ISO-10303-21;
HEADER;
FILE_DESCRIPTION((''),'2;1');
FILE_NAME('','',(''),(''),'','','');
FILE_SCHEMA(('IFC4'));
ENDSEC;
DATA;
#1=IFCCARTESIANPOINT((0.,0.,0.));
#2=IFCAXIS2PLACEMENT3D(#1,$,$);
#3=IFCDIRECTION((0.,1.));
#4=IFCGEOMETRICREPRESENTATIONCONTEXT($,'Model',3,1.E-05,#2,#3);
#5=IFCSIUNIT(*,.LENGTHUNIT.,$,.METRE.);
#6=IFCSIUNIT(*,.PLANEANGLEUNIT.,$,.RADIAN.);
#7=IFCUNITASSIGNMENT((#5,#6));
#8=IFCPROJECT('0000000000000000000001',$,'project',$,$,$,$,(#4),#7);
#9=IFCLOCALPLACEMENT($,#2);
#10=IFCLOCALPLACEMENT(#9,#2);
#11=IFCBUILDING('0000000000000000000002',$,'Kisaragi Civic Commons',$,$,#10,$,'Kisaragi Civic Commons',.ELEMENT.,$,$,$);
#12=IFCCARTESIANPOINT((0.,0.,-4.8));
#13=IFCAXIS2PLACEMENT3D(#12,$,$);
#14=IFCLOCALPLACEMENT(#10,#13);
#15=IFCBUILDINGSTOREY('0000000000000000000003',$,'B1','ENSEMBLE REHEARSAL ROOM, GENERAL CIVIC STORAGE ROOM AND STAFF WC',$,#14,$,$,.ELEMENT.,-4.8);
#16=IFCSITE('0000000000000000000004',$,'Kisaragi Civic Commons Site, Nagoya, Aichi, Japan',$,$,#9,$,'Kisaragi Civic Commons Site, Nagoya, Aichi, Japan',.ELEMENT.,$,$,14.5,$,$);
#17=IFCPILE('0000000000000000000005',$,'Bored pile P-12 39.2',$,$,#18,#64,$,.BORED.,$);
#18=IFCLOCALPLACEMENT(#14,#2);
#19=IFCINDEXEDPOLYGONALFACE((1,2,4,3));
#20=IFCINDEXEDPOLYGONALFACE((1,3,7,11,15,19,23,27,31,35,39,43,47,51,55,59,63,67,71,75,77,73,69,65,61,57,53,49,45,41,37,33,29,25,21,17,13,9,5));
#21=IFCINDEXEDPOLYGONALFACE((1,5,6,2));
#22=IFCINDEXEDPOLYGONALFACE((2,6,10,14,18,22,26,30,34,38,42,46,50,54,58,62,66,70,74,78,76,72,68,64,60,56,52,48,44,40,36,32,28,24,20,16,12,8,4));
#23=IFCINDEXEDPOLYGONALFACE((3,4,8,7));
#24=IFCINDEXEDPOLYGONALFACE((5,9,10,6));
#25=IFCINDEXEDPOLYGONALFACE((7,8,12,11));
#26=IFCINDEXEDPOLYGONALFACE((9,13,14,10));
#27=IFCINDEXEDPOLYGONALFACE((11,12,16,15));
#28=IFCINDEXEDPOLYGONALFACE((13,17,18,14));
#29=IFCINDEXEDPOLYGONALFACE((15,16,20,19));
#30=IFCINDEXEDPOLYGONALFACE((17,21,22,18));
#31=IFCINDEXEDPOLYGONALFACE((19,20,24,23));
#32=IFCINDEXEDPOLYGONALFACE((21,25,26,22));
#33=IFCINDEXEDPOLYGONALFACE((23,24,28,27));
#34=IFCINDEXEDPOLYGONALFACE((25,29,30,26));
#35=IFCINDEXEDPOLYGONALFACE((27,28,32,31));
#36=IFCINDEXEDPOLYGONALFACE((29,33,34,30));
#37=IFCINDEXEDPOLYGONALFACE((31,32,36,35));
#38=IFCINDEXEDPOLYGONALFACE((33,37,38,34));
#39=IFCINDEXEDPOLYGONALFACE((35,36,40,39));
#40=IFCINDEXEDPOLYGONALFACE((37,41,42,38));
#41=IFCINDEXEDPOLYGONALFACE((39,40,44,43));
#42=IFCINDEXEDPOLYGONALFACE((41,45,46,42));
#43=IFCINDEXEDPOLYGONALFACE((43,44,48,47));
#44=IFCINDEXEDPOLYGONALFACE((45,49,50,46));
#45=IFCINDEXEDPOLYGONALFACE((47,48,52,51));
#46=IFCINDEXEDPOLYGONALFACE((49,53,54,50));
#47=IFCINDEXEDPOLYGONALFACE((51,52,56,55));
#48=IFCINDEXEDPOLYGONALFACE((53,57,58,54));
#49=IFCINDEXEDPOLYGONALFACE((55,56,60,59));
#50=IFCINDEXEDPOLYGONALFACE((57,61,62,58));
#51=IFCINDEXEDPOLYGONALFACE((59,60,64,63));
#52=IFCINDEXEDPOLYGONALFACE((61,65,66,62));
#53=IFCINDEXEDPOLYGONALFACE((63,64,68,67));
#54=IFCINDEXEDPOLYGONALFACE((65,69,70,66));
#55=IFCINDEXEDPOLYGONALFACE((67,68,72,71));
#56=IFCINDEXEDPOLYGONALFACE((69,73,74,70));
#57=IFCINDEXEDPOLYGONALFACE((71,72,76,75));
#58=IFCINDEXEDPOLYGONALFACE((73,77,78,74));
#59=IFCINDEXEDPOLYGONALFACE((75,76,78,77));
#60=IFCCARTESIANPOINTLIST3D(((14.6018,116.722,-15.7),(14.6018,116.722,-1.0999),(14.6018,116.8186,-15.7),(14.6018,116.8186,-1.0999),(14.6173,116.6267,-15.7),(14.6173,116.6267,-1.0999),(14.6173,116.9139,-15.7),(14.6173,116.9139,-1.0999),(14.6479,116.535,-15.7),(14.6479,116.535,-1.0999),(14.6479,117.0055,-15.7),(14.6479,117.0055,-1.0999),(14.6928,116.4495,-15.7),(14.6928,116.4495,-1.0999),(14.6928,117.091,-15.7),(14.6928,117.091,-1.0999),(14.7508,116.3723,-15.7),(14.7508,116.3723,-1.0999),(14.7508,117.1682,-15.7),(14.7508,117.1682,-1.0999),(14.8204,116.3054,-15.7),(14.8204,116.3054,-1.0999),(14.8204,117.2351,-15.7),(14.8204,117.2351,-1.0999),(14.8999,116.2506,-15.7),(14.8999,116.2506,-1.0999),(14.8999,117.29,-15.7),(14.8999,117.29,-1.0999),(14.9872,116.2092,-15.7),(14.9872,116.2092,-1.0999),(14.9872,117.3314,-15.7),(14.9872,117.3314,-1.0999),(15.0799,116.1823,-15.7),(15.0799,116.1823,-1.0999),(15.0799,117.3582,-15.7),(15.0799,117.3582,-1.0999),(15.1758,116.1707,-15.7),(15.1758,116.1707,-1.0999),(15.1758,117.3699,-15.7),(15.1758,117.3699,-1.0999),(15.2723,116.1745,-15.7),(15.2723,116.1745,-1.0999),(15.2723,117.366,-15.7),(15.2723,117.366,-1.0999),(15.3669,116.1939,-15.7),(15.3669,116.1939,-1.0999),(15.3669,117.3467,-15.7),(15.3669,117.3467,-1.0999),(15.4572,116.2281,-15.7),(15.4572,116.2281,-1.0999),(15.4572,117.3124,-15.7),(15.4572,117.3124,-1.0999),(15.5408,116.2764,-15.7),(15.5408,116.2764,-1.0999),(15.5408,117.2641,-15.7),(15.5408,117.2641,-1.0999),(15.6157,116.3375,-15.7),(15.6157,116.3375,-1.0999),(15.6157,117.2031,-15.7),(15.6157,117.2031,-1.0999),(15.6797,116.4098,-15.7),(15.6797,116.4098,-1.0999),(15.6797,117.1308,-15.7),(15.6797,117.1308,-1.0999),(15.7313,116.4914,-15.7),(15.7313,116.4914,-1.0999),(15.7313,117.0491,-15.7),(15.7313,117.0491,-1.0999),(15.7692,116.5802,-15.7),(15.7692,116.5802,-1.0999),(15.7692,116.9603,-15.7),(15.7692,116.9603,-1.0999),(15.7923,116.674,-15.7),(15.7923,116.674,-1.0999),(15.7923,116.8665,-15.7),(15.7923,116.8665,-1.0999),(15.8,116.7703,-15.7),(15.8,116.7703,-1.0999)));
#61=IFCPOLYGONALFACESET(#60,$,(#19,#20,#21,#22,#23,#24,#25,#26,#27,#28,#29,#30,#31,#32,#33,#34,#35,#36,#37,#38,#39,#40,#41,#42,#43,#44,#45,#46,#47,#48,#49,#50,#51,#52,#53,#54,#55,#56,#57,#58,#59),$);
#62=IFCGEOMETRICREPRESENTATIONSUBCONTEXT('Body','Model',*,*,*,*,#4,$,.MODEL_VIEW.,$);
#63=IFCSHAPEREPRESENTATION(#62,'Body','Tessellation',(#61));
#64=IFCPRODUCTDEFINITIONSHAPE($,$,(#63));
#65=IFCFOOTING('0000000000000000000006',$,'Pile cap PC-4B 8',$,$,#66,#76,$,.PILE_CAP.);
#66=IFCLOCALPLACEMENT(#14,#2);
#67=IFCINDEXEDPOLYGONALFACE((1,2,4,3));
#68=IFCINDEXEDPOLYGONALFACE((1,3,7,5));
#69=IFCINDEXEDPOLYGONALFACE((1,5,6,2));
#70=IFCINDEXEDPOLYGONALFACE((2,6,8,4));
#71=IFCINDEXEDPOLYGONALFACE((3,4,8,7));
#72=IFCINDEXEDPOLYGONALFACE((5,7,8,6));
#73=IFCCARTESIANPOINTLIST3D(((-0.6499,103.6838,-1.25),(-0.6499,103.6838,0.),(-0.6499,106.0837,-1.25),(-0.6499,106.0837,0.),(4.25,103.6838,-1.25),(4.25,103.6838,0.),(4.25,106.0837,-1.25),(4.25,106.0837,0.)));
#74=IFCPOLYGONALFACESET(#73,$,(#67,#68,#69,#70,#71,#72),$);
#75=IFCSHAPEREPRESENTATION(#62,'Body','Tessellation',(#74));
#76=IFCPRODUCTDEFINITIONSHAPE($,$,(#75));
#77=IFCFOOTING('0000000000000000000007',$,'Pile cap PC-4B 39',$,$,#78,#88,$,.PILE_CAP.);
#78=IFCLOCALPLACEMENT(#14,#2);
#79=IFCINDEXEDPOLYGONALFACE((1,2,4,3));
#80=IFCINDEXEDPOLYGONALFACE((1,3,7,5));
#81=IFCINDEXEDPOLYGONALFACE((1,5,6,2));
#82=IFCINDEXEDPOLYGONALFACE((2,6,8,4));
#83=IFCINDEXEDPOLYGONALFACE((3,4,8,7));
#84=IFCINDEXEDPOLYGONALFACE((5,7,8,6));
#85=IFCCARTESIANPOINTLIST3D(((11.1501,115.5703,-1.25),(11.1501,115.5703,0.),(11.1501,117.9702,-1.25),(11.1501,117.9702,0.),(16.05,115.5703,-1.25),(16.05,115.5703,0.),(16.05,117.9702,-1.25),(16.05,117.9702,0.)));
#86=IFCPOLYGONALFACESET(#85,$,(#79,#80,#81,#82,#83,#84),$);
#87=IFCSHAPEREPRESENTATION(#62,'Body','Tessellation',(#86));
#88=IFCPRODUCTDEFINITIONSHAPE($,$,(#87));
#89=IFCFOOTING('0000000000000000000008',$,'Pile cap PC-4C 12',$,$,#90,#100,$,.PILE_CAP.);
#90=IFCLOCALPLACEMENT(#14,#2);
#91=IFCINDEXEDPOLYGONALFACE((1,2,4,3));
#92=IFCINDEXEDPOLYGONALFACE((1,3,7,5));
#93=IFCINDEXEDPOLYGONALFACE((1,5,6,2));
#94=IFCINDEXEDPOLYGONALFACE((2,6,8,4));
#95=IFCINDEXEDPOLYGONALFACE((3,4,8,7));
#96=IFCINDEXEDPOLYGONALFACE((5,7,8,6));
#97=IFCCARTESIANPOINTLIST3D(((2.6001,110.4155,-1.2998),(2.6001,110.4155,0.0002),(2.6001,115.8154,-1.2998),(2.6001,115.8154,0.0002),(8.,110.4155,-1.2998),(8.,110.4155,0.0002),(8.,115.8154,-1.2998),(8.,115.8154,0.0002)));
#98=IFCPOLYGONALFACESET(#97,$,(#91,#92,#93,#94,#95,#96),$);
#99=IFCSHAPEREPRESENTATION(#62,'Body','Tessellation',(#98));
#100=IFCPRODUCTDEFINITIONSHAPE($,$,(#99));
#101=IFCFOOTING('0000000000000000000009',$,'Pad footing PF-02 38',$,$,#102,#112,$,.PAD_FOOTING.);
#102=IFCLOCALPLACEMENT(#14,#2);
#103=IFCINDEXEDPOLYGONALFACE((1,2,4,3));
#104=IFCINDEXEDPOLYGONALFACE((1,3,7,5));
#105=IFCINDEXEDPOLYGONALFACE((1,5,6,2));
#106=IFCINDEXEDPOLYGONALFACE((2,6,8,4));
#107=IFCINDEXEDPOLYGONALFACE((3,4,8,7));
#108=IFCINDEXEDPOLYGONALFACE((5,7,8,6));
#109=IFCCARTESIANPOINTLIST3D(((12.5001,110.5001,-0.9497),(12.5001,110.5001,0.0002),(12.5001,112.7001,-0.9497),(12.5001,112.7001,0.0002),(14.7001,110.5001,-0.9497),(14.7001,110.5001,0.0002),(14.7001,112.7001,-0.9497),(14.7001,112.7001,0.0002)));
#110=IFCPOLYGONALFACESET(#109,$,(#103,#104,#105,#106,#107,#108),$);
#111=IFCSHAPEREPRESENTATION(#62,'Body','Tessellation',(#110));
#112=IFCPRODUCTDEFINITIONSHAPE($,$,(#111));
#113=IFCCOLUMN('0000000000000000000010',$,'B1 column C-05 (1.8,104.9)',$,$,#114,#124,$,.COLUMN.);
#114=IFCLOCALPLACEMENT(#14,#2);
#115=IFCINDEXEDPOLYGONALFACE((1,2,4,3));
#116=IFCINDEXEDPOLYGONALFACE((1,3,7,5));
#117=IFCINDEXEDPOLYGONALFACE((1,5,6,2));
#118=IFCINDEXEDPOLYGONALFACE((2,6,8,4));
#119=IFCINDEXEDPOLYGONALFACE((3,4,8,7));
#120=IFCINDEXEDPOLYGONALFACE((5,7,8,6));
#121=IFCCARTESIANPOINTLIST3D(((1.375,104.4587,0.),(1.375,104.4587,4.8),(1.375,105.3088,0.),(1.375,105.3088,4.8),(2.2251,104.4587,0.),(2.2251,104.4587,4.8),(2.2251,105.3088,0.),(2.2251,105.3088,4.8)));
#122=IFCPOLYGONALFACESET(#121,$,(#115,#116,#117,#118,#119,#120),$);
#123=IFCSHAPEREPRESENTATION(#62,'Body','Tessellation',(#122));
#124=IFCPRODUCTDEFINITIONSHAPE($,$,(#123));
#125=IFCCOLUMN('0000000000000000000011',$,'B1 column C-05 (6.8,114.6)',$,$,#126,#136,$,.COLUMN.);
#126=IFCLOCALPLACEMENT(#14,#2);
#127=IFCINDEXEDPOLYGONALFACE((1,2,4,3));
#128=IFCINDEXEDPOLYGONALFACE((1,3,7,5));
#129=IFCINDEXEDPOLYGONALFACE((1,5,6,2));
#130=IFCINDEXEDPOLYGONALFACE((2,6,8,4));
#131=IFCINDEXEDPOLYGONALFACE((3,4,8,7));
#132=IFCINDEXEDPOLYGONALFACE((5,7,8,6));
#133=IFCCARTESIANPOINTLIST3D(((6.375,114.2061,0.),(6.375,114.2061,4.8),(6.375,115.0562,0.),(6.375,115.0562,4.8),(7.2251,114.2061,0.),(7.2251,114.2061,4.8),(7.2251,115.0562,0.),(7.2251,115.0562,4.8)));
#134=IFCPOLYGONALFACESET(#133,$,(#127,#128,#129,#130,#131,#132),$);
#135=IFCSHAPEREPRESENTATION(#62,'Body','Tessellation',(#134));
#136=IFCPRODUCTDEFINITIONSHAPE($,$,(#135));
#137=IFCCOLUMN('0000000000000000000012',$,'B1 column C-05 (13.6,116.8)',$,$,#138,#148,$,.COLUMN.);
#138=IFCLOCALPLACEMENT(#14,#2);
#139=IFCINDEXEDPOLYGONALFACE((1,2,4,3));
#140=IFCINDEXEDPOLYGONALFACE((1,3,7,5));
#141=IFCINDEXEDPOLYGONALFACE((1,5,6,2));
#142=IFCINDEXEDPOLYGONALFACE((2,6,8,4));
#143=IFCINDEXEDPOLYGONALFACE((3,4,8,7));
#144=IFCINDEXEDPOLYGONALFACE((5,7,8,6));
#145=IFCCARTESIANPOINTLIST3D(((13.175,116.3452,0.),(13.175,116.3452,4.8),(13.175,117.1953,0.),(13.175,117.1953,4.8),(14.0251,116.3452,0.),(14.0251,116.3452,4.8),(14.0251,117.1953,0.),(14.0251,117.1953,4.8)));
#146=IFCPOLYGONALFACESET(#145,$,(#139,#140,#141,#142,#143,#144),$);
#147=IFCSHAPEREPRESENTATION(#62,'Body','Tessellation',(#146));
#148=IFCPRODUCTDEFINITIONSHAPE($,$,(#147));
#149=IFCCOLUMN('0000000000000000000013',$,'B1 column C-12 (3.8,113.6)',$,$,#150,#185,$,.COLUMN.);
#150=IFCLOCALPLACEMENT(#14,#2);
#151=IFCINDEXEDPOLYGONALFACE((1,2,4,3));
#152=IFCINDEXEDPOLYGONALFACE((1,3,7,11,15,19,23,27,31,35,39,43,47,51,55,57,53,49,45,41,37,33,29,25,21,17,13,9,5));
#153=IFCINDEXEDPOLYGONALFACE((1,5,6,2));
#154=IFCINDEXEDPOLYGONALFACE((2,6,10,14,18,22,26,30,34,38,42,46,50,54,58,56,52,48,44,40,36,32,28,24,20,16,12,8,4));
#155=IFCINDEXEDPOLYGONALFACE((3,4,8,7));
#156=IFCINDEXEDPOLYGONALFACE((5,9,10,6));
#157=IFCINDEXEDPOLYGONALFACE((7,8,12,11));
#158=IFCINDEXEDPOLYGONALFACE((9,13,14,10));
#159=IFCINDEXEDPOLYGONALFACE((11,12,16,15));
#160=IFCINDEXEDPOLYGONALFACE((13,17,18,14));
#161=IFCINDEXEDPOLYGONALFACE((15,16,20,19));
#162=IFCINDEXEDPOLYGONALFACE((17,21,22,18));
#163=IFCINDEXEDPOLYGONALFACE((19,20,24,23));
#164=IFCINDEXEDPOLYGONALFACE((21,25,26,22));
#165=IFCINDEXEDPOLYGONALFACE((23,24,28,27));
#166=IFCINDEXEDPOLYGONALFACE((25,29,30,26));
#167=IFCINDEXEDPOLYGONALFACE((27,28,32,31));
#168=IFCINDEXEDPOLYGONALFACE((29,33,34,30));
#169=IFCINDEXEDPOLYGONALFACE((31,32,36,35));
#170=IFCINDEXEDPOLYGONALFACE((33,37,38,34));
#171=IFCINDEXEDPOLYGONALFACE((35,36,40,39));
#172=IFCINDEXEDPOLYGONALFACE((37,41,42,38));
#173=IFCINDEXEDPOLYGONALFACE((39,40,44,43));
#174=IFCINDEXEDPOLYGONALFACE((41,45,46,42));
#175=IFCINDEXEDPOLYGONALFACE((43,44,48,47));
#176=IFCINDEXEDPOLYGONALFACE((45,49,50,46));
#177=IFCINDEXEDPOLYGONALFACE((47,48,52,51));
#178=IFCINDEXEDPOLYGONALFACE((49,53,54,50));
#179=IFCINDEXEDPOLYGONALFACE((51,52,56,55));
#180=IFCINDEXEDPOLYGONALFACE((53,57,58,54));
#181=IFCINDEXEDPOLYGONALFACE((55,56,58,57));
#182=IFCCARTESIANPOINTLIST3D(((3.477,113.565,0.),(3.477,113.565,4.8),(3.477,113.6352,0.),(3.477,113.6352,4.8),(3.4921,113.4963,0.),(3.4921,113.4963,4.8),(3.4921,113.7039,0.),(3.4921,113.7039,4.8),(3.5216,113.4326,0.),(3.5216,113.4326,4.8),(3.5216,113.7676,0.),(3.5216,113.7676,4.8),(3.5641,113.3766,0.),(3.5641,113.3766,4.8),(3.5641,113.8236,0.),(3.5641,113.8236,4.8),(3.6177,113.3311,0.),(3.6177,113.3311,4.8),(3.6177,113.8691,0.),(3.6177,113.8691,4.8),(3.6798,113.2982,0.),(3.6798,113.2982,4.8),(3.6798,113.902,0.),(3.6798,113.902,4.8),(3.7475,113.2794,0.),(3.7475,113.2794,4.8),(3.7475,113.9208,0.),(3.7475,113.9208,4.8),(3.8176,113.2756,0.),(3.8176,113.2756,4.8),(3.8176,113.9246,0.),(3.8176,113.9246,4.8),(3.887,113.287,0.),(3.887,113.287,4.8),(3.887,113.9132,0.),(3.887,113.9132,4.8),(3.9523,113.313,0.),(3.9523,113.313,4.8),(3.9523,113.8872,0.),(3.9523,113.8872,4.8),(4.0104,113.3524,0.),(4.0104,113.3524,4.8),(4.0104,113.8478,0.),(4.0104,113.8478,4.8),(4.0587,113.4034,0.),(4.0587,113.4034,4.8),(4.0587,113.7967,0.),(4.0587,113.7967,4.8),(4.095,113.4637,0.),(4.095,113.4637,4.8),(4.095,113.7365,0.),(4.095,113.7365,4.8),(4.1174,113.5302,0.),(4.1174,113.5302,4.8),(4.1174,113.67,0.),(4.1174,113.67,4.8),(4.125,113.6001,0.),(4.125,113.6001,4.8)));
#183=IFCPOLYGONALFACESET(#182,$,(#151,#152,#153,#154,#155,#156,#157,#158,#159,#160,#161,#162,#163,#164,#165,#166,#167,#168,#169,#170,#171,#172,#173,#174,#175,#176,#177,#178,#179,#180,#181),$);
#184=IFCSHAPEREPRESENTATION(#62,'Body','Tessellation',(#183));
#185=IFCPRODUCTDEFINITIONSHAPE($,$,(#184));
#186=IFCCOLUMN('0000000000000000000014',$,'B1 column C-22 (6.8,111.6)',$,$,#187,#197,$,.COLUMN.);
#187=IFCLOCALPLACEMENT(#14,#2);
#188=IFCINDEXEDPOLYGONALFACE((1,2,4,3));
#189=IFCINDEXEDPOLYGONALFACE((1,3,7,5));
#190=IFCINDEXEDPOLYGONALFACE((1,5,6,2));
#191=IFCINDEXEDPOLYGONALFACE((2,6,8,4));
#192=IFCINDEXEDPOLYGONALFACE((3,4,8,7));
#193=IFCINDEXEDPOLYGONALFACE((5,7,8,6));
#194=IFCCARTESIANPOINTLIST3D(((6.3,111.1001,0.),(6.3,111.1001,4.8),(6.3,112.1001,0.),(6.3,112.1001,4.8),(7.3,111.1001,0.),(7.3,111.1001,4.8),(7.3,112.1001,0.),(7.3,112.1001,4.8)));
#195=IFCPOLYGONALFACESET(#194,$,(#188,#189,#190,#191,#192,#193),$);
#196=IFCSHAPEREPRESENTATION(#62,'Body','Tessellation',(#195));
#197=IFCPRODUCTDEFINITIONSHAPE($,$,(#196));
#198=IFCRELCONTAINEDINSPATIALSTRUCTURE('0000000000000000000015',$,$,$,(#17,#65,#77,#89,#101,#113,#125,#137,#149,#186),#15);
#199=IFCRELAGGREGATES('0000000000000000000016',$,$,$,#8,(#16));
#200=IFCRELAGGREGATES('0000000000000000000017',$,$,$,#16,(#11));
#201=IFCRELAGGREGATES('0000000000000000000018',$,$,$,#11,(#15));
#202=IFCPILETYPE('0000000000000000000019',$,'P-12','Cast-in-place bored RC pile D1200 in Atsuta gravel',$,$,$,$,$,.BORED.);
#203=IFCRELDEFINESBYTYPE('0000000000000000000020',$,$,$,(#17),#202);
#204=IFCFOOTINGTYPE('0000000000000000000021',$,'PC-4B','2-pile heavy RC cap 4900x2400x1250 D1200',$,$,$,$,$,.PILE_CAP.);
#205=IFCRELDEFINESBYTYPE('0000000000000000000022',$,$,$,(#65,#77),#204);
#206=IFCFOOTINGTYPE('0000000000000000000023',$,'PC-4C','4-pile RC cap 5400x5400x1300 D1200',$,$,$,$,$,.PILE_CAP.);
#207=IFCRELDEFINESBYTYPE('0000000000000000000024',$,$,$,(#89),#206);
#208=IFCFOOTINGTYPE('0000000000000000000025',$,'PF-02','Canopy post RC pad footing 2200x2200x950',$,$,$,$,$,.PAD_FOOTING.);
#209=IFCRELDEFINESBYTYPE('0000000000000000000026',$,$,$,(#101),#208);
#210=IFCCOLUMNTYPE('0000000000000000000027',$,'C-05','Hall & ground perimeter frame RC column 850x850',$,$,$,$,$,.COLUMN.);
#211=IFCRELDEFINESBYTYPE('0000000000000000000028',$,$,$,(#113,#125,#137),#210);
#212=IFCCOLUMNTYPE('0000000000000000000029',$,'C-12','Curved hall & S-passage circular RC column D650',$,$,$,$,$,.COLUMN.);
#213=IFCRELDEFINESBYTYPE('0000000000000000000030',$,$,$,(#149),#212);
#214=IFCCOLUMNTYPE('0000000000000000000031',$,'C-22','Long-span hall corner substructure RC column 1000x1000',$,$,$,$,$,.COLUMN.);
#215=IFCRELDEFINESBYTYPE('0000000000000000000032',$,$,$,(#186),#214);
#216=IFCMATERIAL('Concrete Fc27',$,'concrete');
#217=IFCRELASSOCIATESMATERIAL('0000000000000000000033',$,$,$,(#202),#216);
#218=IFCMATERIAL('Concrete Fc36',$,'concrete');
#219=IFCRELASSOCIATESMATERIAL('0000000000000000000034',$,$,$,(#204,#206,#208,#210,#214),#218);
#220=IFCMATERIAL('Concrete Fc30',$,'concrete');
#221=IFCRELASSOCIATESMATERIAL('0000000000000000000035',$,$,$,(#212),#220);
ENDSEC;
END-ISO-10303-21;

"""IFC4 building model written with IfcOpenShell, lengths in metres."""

from ifc_helpers import new_model, si_unit, direction, frame, origin, origin_2d, place, context, subcontext, project, spatial, rectangle, circle, extrude, material, material_profile, profile_set, type_object, element, save


model = new_model("IFC4")

# Units and contexts
model_context = context("Model", 3, precision=1e-05, world=origin(), true_north=direction((0.0, 1.0)))
body_context = subcontext(model_context, "Body", "Model", "MODEL_VIEW")
ifc_project = project(units=[si_unit("LENGTHUNIT", "METRE"), si_unit("PLANEANGLEUNIT", "RADIAN")], contexts=[model_context])

# Site, building, storey
site_placement = place(None, origin())
site = spatial("IfcSite", under=ifc_project, at=site_placement, Name="Kisaragi Civic Commons Site, Nagoya, Aichi, Japan", LongName="Kisaragi Civic Commons Site, Nagoya, Aichi, Japan", CompositionType="ELEMENT", RefElevation=14.5)
building_placement = place(site_placement, origin())
building = spatial("IfcBuilding", under=site, at=building_placement, Name="Kisaragi Civic Commons", LongName="Kisaragi Civic Commons", CompositionType="ELEMENT")
storey_placement = place(building_placement, frame((0.0, 0.0, -4.8)))
storey = spatial("IfcBuildingStorey", under=building, at=storey_placement, Name="B1", Description="ENSEMBLE REHEARSAL ROOM, GENERAL CIVIC STORAGE ROOM AND STAFF WC", CompositionType="ELEMENT", Elevation=-4.8)

# Shared definitions
ifc_material_1 = material(Name="Concrete Fc27", Category="concrete")

# Pile
ifc_material_profile_1 = material_profile(ifc_material_1, circle(Radius=0.6001, at=origin_2d()), Name="PILE-D1200", Category="concrete")
ifc_profile_set_1 = profile_set([ifc_material_profile_1], Name="Concrete Fc27")
pile_type = type_object("IfcPileType", Name="P-12", Description="Cast-in-place bored RC pile D1200 in Atsuta gravel", PredefinedType="BORED", material=ifc_profile_set_1)
for number, where, z_axis, x_axis, name in (
    (1, (15.2, 116.7703, -1.0999), (0.0, 0.0, -1.0), (1.0, 0.0, 0.0), "Bored pile P-12 39.2"),
):
    element("IfcPile", number, at=place(storey_placement, frame(where, z_axis=z_axis, x_axis=x_axis)), inside=storey, type_object=pile_type, Name=name, PredefinedType="BORED", context=body_context, shape_type="SweptSolid", body=[
        extrude(circle(Radius=0.6001, at=origin_2d()), origin(), (0.0, 0.0, 1.0), 14.6001),
    ])

# Footings
ifc_material_2 = material(Name="Concrete Fc36", Category="concrete")
footing_type_1 = type_object("IfcFootingType", Name="PC-4B", Description="2-pile heavy RC cap 4900x2400x1250 D1200", PredefinedType="PILE_CAP", material=ifc_material_2)
for number, where, z_axis, x_axis, name in (
    (2, (1.8, 104.8838, -1.25), (0.0, 0.0, 1.0), (1.0, 0.0, 0.0), "Pile cap PC-4B 8"),
    (3, (13.6001, 116.7703, -1.25), (0.0, 0.0, 1.0), (1.0, 0.0, 0.0), "Pile cap PC-4B 39"),
):
    element("IfcFooting", number, at=place(storey_placement, frame(where, z_axis=z_axis, x_axis=x_axis)), inside=storey, type_object=footing_type_1, Name=name, PredefinedType="PILE_CAP", context=body_context, shape_type="SweptSolid", body=[
        extrude(rectangle(XDim=4.8999, YDim=2.3999, at=origin_2d()), origin(), (0.0, 0.0, 1.0), 1.25),
    ])
footing_type_2 = type_object("IfcFootingType", Name="PC-4C", Description="4-pile RC cap 5400x5400x1300 D1200", PredefinedType="PILE_CAP", material=ifc_material_2)
footing_1_placement = place(storey_placement, frame((5.3, 113.1155, -1.2998), z_axis=(0.0, 0.0, 1.0), x_axis=(1.0, 0.0, 0.0)))
element("IfcFooting", 4, at=footing_1_placement, inside=storey, type_object=footing_type_2, Name="Pile cap PC-4C 12", PredefinedType="PILE_CAP", context=body_context, shape_type="SweptSolid", body=[
    extrude(rectangle(XDim=5.3999, YDim=5.3999, at=origin_2d()), origin(), (0.0, 0.0, 1.0), 1.3),
])
footing_type_3 = type_object("IfcFootingType", Name="PF-02", Description="Canopy post RC pad footing 2200x2200x950", PredefinedType="PAD_FOOTING", material=ifc_material_2)
footing_2_placement = place(storey_placement, frame((13.6001, 111.6001, -0.9497), z_axis=(0.0, 0.0, 1.0), x_axis=(1.0, 0.0, 0.0)))
element("IfcFooting", 5, at=footing_2_placement, inside=storey, type_object=footing_type_3, Name="Pad footing PF-02 38", PredefinedType="PAD_FOOTING", context=body_context, shape_type="SweptSolid", body=[
    extrude(rectangle(XDim=2.2, YDim=2.2, at=origin_2d()), origin(), (0.0, 0.0, 1.0), 0.95),
])

# Columns
ifc_material_profile_2 = material_profile(ifc_material_2, rectangle(XDim=0.8501, YDim=0.8501, at=origin_2d()), Name="RC-850x850", Category="concrete")
ifc_profile_set_2 = profile_set([ifc_material_profile_2], Name="Concrete Fc36")
column_type_1 = type_object("IfcColumnType", Name="C-05", Description="Hall & ground perimeter frame RC column 850x850", PredefinedType="COLUMN", material=ifc_profile_set_2)
for number, where, z_axis, x_axis, name in (
    (6, (1.8, 104.8838, 0.0), (0.0, 0.0, 1.0), (1.0, 0.0, 0.0), "B1 column C-05 (1.8,104.9)"),
    (7, (6.8, 114.6311, 0.0), (0.0, 0.0, 1.0), (1.0, 0.0, 0.0), "B1 column C-05 (6.8,114.6)"),
    (8, (13.6001, 116.7703, 0.0), (0.0, 0.0, 1.0), (1.0, 0.0, 0.0), "B1 column C-05 (13.6,116.8)"),
):
    element("IfcColumn", number, at=place(storey_placement, frame(where, z_axis=z_axis, x_axis=x_axis)), inside=storey, type_object=column_type_1, Name=name, PredefinedType="COLUMN", context=body_context, shape_type="SweptSolid", body=[
        extrude(rectangle(XDim=0.8501, YDim=0.8501, at=origin_2d()), origin(), (0.0, 0.0, 1.0), 4.8),
    ])
ifc_material_3 = material(Name="Concrete Fc30", Category="concrete")
ifc_material_profile_3 = material_profile(ifc_material_3, circle(Radius=0.325, at=origin_2d()), Name="RC-D650", Category="concrete")
ifc_profile_set_3 = profile_set([ifc_material_profile_3], Name="Concrete Fc30")
column_type_2 = type_object("IfcColumnType", Name="C-12", Description="Curved hall & S-passage circular RC column D650", PredefinedType="COLUMN", material=ifc_profile_set_3)
column_placement = place(storey_placement, frame((3.8, 113.6001, 0.0), z_axis=(0.0, 0.0, 1.0), x_axis=(1.0, 0.0, 0.0)))
element("IfcColumn", 9, at=column_placement, inside=storey, type_object=column_type_2, Name="B1 column C-12 (3.8,113.6)", PredefinedType="COLUMN", context=body_context, shape_type="SweptSolid", body=[
    extrude(circle(Radius=0.325, at=origin_2d()), origin(), (0.0, 0.0, 1.0), 4.8),
])
ifc_material_profile_4 = material_profile(ifc_material_2, rectangle(XDim=1.0, YDim=1.0, at=origin_2d()), Name="RC-1000x1000", Category="concrete")
ifc_profile_set_4 = profile_set([ifc_material_profile_4], Name="Concrete Fc36")
column_type_3 = type_object("IfcColumnType", Name="C-22", Description="Long-span hall corner substructure RC column 1000x1000", PredefinedType="COLUMN", material=ifc_profile_set_4)
for number, where, z_axis, x_axis, name in (
    (10, (6.8, 111.6001, 0.0), (0.0, 0.0, 1.0), (1.0, 0.0, 0.0), "B1 column C-22 (6.8,111.6)"),
):
    element("IfcColumn", number, at=place(storey_placement, frame(where, z_axis=z_axis, x_axis=x_axis)), inside=storey, type_object=column_type_3, Name=name, PredefinedType="COLUMN", context=body_context, shape_type="SweptSolid", body=[
        extrude(rectangle(XDim=1.0, YDim=1.0, at=origin_2d()), origin(), (0.0, 0.0, 1.0), 4.8),
    ])

save(model, "model.ifc")
